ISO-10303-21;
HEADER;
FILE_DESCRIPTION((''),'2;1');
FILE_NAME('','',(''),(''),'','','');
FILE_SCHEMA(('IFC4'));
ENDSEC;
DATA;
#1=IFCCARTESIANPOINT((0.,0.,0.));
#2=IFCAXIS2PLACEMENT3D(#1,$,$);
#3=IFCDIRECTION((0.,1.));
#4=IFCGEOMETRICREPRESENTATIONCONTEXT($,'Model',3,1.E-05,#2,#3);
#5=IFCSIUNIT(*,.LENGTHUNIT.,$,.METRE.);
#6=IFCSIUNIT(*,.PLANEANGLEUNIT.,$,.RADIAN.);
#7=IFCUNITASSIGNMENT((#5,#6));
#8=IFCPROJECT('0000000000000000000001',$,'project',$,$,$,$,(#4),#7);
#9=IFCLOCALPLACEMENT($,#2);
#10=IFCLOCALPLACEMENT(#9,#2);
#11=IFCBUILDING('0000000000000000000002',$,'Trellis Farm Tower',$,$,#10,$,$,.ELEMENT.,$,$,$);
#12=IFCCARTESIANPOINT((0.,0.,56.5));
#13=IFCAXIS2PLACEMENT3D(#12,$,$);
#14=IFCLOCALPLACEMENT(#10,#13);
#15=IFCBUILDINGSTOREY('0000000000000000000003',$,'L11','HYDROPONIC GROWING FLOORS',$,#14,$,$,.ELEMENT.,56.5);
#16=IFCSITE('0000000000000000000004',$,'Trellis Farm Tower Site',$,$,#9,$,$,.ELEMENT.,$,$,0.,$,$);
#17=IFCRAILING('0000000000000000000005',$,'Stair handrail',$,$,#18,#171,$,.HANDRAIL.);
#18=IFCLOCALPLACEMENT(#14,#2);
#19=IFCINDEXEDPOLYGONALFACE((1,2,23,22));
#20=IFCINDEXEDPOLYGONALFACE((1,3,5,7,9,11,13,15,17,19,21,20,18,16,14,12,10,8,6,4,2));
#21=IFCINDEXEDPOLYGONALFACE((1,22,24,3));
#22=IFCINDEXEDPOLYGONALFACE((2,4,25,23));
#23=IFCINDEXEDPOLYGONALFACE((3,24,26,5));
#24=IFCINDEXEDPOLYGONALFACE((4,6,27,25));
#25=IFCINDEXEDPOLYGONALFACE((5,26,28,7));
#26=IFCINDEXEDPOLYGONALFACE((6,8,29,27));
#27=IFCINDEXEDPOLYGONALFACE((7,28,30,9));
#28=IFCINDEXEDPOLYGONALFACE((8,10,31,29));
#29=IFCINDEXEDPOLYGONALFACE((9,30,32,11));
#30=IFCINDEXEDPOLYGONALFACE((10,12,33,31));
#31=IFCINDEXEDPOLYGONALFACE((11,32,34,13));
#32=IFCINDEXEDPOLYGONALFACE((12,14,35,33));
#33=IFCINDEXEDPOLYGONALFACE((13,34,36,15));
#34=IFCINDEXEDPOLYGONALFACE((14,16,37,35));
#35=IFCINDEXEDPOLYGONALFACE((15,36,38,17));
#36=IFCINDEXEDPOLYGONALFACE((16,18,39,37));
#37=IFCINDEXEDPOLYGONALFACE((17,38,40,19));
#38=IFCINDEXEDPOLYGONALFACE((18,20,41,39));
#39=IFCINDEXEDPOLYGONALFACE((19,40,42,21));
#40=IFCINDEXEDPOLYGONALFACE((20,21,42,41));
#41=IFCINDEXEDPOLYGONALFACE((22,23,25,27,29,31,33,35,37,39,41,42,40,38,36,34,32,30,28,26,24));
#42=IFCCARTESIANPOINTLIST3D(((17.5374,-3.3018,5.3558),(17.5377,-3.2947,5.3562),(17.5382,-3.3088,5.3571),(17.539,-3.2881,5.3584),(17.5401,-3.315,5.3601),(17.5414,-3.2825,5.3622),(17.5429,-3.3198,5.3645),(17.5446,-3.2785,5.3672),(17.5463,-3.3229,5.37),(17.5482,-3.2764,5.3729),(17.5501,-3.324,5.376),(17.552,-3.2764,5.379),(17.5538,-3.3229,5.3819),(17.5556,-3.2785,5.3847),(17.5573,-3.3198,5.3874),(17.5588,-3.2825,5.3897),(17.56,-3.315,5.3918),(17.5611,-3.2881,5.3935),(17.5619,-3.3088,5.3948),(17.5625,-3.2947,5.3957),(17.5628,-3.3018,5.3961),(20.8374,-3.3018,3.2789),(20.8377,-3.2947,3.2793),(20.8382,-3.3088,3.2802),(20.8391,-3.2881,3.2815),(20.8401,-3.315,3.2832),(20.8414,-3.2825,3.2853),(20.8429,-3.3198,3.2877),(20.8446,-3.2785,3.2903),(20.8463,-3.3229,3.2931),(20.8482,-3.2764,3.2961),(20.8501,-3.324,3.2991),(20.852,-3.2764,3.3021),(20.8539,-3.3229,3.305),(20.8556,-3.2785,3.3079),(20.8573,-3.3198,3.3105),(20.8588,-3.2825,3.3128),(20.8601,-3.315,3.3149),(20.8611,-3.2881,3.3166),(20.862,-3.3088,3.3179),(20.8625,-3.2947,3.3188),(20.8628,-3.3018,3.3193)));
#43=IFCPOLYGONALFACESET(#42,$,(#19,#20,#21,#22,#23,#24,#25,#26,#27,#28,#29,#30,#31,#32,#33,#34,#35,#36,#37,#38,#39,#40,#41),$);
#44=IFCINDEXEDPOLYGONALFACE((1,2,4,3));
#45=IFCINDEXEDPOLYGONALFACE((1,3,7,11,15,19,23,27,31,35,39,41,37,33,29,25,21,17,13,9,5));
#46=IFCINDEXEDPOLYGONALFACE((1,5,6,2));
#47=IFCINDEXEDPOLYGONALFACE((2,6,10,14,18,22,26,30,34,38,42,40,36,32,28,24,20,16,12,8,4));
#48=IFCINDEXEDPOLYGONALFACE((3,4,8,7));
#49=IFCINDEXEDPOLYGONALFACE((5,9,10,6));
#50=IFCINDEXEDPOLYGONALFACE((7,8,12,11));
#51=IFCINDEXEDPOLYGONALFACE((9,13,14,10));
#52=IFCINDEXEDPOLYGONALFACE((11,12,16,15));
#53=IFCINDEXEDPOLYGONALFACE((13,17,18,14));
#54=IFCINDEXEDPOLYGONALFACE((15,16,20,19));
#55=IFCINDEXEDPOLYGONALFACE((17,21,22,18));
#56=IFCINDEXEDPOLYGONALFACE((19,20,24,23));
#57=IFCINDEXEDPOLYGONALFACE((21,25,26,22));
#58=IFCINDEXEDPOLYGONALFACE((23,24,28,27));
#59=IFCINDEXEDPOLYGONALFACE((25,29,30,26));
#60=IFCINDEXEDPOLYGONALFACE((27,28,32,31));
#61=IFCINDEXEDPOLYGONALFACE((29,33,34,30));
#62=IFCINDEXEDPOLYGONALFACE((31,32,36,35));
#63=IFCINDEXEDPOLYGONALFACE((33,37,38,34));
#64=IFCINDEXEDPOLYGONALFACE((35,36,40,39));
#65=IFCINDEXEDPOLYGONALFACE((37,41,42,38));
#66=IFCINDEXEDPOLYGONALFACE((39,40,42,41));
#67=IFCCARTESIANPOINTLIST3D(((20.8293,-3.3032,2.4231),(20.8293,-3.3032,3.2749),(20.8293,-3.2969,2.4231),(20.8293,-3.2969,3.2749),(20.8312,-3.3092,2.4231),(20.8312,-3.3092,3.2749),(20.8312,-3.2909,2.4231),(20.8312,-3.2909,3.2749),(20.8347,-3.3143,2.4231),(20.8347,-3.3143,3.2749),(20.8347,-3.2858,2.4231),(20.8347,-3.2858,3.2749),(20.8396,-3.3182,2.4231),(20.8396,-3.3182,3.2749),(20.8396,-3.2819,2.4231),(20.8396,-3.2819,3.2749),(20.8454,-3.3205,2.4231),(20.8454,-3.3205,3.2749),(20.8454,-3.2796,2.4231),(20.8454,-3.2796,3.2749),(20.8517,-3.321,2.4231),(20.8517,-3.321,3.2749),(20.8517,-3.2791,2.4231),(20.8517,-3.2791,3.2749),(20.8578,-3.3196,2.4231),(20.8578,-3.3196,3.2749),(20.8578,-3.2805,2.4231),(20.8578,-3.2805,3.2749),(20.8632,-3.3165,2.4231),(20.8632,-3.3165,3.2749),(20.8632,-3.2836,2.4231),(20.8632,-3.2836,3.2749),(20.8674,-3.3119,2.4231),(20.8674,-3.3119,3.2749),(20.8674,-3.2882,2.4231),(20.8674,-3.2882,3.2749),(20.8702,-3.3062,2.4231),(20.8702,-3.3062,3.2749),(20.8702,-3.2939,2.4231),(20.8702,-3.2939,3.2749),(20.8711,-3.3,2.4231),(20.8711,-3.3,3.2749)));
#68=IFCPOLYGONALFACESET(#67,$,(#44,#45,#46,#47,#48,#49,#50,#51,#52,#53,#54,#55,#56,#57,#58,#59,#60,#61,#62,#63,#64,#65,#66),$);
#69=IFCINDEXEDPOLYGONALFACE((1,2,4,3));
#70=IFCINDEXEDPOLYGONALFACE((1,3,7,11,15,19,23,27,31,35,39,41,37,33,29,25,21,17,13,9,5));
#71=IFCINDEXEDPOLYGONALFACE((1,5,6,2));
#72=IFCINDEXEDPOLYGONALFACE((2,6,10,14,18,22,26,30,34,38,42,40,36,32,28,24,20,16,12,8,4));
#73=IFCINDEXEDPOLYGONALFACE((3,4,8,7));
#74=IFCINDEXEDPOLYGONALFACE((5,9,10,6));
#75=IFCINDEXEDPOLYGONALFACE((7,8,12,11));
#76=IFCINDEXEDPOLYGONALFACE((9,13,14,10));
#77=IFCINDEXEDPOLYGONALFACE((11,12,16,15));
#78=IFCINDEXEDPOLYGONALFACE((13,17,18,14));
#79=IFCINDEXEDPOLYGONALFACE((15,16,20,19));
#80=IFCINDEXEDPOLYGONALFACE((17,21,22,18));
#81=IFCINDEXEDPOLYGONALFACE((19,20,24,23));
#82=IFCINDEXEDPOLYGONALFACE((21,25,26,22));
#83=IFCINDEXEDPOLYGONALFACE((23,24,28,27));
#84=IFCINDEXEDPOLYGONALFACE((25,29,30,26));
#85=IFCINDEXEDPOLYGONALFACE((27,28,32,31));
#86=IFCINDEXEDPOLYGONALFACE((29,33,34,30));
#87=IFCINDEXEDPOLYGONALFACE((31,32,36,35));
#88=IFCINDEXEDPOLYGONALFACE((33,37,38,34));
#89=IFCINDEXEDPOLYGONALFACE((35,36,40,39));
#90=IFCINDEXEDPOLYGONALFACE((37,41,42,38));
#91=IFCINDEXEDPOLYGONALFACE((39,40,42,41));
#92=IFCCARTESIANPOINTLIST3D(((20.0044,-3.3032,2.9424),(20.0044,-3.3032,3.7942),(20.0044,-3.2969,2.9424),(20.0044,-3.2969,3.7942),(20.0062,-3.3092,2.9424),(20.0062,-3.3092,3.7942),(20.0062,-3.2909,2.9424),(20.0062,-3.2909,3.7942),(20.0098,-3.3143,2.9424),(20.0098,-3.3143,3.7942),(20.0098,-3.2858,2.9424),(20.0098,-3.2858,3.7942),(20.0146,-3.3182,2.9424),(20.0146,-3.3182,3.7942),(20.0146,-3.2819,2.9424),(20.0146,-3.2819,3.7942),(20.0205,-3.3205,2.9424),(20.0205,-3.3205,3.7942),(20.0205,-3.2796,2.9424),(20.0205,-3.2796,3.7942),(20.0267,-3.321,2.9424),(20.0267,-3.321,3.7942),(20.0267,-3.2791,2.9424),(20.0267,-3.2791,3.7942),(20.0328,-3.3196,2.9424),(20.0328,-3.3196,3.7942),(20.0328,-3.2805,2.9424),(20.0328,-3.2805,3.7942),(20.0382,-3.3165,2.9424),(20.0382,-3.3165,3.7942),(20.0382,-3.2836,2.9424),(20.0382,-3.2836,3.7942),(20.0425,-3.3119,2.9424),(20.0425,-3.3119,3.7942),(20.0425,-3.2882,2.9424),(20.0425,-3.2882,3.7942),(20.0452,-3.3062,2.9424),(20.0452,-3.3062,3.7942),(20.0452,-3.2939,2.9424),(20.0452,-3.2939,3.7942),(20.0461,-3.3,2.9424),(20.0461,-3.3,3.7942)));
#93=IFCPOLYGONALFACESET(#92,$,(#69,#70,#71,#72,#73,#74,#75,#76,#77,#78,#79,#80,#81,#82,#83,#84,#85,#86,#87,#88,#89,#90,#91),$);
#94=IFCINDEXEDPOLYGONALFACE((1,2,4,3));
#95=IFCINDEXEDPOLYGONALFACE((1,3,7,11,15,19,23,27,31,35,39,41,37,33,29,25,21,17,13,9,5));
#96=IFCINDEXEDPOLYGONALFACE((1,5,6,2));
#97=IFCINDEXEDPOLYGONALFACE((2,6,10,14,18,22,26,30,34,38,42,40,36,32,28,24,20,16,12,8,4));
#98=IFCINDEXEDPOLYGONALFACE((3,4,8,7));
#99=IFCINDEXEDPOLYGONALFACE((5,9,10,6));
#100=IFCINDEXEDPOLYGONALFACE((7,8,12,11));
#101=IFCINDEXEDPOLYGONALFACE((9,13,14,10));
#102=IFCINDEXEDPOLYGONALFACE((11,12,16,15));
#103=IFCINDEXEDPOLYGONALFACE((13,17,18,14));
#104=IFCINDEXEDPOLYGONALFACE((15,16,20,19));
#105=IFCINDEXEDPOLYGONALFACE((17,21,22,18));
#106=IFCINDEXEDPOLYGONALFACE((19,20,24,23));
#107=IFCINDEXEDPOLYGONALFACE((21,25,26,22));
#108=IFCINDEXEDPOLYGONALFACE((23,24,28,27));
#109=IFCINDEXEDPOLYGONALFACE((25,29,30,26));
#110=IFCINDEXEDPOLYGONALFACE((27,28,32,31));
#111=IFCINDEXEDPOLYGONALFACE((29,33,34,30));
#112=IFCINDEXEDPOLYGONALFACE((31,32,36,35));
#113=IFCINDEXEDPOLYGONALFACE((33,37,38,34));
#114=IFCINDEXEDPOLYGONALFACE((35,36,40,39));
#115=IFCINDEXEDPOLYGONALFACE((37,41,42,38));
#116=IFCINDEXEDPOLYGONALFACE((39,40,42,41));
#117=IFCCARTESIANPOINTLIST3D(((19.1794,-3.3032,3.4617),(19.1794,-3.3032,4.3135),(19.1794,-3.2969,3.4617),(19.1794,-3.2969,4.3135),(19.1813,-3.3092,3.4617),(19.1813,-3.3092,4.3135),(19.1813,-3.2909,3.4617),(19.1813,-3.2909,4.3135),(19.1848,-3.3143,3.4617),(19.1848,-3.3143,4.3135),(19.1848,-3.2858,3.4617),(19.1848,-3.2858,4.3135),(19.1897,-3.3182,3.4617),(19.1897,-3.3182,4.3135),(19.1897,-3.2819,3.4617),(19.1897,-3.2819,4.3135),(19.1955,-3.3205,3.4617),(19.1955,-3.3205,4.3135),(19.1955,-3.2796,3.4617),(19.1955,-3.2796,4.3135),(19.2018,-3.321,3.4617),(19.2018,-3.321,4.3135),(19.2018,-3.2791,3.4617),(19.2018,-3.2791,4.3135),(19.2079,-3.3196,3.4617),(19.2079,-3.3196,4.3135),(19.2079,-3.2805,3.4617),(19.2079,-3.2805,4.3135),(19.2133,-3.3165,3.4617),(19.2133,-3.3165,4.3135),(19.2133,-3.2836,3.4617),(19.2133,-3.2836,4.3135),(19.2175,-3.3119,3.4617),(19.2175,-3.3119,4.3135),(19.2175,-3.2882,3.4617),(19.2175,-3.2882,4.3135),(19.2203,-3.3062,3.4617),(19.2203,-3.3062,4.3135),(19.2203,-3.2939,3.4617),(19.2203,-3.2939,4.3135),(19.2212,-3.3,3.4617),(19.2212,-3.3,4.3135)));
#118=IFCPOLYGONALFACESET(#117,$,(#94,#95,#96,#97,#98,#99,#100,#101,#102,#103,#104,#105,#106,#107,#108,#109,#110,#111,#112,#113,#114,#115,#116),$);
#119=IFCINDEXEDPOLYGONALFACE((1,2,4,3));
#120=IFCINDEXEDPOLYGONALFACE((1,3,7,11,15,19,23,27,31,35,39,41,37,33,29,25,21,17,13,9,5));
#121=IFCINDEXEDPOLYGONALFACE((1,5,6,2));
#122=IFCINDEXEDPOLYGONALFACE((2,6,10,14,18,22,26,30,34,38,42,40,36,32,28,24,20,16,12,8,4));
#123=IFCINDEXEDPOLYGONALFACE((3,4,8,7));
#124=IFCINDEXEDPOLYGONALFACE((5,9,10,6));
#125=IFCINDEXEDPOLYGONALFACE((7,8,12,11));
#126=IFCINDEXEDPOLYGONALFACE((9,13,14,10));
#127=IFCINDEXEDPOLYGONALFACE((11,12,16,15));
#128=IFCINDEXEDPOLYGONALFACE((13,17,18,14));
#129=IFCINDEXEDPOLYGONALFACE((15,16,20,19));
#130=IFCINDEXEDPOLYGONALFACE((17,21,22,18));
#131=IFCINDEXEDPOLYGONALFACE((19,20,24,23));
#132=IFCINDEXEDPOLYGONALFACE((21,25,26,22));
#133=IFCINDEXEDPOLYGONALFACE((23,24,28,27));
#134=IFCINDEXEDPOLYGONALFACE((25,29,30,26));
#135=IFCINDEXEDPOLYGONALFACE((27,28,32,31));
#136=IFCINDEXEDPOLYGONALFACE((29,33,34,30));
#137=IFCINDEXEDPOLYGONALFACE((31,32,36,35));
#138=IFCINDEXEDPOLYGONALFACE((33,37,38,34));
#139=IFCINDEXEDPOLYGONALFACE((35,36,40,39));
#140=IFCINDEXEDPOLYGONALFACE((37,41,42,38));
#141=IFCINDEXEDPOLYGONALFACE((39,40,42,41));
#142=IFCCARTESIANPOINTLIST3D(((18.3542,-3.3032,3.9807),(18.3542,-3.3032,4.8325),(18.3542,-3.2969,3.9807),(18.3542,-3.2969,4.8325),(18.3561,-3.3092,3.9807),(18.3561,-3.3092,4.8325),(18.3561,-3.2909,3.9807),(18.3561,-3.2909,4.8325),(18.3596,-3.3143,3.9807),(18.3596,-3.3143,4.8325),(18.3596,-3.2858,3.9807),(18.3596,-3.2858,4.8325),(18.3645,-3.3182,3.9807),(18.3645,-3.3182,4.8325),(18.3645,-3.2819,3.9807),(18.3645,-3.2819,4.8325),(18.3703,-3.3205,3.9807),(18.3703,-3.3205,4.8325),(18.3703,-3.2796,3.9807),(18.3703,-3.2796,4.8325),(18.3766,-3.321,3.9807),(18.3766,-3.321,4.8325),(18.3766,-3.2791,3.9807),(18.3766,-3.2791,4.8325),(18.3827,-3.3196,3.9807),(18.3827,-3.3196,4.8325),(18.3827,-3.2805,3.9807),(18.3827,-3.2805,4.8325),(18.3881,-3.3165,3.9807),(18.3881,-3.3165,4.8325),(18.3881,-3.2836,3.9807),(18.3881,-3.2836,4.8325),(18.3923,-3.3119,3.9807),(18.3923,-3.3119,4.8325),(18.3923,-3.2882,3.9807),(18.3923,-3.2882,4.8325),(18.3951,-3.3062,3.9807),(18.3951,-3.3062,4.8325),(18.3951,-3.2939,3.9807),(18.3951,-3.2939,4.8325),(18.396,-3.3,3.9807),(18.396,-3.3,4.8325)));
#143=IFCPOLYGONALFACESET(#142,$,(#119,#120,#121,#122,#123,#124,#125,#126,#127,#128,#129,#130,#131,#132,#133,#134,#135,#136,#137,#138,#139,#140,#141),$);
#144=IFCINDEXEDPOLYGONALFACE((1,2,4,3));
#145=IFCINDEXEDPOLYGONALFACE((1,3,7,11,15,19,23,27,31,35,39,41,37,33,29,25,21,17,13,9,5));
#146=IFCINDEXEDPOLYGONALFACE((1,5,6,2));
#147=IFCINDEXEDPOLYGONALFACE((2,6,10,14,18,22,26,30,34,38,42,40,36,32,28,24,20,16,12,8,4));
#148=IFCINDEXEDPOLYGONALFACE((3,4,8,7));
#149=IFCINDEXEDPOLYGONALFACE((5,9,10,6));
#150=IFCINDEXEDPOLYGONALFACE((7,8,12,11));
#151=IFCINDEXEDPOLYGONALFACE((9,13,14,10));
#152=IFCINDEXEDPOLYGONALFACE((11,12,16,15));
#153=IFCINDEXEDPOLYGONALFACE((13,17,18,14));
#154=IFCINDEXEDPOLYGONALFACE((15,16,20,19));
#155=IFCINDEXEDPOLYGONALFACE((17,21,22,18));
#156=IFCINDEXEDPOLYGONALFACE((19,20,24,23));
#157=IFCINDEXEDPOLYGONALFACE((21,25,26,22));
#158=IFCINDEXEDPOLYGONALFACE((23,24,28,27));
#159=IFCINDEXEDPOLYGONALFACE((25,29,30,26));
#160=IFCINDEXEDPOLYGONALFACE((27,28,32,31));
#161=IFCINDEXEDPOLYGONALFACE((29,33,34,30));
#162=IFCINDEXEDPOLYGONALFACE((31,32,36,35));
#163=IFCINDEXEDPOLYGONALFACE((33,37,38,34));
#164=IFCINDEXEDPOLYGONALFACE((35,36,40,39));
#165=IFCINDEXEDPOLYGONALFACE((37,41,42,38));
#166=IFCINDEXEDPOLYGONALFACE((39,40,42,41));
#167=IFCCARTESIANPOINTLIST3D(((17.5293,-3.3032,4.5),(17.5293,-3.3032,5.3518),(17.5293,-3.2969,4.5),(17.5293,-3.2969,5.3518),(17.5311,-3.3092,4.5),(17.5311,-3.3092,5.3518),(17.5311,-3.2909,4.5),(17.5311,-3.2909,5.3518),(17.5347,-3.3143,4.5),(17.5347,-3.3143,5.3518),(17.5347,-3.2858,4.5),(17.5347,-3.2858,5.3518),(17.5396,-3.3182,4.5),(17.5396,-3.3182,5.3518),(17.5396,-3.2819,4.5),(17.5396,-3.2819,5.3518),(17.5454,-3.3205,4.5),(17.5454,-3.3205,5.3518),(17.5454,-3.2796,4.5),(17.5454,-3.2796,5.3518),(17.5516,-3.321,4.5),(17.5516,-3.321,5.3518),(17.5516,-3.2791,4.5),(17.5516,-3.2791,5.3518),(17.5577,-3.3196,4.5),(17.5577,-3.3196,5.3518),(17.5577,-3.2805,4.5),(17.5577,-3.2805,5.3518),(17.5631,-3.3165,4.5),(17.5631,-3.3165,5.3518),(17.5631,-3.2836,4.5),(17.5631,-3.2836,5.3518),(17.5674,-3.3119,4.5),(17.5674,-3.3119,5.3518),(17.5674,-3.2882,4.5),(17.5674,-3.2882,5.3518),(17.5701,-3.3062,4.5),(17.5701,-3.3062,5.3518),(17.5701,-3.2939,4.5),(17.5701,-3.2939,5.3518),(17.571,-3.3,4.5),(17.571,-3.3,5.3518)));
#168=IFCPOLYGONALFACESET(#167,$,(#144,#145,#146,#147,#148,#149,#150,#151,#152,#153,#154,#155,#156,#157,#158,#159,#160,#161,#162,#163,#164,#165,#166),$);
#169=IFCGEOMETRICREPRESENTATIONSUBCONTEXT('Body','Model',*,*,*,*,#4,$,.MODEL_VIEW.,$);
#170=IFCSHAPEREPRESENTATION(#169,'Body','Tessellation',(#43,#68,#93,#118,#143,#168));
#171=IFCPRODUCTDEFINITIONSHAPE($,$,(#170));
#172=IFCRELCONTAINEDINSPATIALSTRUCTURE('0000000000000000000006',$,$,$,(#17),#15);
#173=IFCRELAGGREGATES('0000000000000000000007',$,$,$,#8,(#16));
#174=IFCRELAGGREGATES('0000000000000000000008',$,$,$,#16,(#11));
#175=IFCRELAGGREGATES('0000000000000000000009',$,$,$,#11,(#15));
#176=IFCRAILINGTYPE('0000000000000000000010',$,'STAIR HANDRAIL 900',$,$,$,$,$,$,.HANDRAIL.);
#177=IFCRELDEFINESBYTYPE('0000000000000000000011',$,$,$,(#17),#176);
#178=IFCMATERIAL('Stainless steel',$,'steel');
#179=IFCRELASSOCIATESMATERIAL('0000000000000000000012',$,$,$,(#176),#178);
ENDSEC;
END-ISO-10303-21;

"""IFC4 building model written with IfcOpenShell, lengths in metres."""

from ifc_helpers import new_model, si_unit, direction, frame, origin, origin_2d, place, context, subcontext, project, spatial, circle, extrude, source, transform, mapped, material, type_object, element, save


model = new_model("IFC4")

# Units and contexts
model_context = context("Model", 3, precision=1e-05, world=origin(), true_north=direction((0.0, 1.0)))
body_context = subcontext(model_context, "Body", "Model", "MODEL_VIEW")
ifc_project = project(units=[si_unit("LENGTHUNIT", "METRE"), si_unit("PLANEANGLEUNIT", "RADIAN")], contexts=[model_context])

# Site, building, storey
site_placement = place(None, origin())
site = spatial("IfcSite", under=ifc_project, at=site_placement, Name="Trellis Farm Tower Site", CompositionType="ELEMENT", RefElevation=0.0)
building_placement = place(site_placement, origin())
building = spatial("IfcBuilding", under=site, at=building_placement, Name="Trellis Farm Tower", CompositionType="ELEMENT")
storey_placement = place(building_placement, frame((0.0, 0.0, 56.5)))
storey = spatial("IfcBuildingStorey", under=building, at=storey_placement, Name="L11", Description="HYDROPONIC GROWING FLOORS", CompositionType="ELEMENT", Elevation=56.5)

# Shared definitions
ifc_material_1 = material(Name="Stainless steel", Category="steel")

# Railing
railing_type = type_object("IfcRailingType", Name="STAIR HANDRAIL 900", PredefinedType="HANDRAIL", material=ifc_material_1)
shared_shape_1 = source(origin(), body_context, "Body", "SweptSolid", [
    extrude(circle(Radius=0.0239, at=origin_2d()), frame((0.0, 0.0, 0.876), z_axis=(-0.846337, 0.0, 0.532647), x_axis=(0.0, -1.0, 0.0)), (0.0, 0.0, 1.0), 3.8992),
    extrude(circle(Radius=0.021, at=origin_2d()), origin(), (0.0, 0.0, 1.0), 0.8518),
    extrude(circle(Radius=0.021, at=origin_2d()), frame((-0.825, 0.0, 0.5193)), (0.0, 0.0, 1.0), 0.8518),
    extrude(circle(Radius=0.021, at=origin_2d()), frame((-1.6499, 0.0, 1.0386)), (0.0, 0.0, 1.0), 0.8518),
    extrude(circle(Radius=0.021, at=origin_2d()), frame((-2.4751, 0.0, 1.5576)), (0.0, 0.0, 1.0), 0.8518),
    extrude(circle(Radius=0.021, at=origin_2d()), frame((-3.3, 0.0, 2.0769)), (0.0, 0.0, 1.0), 0.8518),
])
for number, where, name in (
    (1, (20.8501, -3.3, 2.4231), "Stair handrail"),
):
    element("IfcRailing", number, at=place(storey_placement, frame(where)), inside=storey, type_object=railing_type, Name=name, PredefinedType="HANDRAIL", context=body_context, shape_type="MappedRepresentation", body=[
        mapped(shared_shape_1, transform((0.0, 0.0, 0.0))),
    ])

save(model, "model.ifc")
